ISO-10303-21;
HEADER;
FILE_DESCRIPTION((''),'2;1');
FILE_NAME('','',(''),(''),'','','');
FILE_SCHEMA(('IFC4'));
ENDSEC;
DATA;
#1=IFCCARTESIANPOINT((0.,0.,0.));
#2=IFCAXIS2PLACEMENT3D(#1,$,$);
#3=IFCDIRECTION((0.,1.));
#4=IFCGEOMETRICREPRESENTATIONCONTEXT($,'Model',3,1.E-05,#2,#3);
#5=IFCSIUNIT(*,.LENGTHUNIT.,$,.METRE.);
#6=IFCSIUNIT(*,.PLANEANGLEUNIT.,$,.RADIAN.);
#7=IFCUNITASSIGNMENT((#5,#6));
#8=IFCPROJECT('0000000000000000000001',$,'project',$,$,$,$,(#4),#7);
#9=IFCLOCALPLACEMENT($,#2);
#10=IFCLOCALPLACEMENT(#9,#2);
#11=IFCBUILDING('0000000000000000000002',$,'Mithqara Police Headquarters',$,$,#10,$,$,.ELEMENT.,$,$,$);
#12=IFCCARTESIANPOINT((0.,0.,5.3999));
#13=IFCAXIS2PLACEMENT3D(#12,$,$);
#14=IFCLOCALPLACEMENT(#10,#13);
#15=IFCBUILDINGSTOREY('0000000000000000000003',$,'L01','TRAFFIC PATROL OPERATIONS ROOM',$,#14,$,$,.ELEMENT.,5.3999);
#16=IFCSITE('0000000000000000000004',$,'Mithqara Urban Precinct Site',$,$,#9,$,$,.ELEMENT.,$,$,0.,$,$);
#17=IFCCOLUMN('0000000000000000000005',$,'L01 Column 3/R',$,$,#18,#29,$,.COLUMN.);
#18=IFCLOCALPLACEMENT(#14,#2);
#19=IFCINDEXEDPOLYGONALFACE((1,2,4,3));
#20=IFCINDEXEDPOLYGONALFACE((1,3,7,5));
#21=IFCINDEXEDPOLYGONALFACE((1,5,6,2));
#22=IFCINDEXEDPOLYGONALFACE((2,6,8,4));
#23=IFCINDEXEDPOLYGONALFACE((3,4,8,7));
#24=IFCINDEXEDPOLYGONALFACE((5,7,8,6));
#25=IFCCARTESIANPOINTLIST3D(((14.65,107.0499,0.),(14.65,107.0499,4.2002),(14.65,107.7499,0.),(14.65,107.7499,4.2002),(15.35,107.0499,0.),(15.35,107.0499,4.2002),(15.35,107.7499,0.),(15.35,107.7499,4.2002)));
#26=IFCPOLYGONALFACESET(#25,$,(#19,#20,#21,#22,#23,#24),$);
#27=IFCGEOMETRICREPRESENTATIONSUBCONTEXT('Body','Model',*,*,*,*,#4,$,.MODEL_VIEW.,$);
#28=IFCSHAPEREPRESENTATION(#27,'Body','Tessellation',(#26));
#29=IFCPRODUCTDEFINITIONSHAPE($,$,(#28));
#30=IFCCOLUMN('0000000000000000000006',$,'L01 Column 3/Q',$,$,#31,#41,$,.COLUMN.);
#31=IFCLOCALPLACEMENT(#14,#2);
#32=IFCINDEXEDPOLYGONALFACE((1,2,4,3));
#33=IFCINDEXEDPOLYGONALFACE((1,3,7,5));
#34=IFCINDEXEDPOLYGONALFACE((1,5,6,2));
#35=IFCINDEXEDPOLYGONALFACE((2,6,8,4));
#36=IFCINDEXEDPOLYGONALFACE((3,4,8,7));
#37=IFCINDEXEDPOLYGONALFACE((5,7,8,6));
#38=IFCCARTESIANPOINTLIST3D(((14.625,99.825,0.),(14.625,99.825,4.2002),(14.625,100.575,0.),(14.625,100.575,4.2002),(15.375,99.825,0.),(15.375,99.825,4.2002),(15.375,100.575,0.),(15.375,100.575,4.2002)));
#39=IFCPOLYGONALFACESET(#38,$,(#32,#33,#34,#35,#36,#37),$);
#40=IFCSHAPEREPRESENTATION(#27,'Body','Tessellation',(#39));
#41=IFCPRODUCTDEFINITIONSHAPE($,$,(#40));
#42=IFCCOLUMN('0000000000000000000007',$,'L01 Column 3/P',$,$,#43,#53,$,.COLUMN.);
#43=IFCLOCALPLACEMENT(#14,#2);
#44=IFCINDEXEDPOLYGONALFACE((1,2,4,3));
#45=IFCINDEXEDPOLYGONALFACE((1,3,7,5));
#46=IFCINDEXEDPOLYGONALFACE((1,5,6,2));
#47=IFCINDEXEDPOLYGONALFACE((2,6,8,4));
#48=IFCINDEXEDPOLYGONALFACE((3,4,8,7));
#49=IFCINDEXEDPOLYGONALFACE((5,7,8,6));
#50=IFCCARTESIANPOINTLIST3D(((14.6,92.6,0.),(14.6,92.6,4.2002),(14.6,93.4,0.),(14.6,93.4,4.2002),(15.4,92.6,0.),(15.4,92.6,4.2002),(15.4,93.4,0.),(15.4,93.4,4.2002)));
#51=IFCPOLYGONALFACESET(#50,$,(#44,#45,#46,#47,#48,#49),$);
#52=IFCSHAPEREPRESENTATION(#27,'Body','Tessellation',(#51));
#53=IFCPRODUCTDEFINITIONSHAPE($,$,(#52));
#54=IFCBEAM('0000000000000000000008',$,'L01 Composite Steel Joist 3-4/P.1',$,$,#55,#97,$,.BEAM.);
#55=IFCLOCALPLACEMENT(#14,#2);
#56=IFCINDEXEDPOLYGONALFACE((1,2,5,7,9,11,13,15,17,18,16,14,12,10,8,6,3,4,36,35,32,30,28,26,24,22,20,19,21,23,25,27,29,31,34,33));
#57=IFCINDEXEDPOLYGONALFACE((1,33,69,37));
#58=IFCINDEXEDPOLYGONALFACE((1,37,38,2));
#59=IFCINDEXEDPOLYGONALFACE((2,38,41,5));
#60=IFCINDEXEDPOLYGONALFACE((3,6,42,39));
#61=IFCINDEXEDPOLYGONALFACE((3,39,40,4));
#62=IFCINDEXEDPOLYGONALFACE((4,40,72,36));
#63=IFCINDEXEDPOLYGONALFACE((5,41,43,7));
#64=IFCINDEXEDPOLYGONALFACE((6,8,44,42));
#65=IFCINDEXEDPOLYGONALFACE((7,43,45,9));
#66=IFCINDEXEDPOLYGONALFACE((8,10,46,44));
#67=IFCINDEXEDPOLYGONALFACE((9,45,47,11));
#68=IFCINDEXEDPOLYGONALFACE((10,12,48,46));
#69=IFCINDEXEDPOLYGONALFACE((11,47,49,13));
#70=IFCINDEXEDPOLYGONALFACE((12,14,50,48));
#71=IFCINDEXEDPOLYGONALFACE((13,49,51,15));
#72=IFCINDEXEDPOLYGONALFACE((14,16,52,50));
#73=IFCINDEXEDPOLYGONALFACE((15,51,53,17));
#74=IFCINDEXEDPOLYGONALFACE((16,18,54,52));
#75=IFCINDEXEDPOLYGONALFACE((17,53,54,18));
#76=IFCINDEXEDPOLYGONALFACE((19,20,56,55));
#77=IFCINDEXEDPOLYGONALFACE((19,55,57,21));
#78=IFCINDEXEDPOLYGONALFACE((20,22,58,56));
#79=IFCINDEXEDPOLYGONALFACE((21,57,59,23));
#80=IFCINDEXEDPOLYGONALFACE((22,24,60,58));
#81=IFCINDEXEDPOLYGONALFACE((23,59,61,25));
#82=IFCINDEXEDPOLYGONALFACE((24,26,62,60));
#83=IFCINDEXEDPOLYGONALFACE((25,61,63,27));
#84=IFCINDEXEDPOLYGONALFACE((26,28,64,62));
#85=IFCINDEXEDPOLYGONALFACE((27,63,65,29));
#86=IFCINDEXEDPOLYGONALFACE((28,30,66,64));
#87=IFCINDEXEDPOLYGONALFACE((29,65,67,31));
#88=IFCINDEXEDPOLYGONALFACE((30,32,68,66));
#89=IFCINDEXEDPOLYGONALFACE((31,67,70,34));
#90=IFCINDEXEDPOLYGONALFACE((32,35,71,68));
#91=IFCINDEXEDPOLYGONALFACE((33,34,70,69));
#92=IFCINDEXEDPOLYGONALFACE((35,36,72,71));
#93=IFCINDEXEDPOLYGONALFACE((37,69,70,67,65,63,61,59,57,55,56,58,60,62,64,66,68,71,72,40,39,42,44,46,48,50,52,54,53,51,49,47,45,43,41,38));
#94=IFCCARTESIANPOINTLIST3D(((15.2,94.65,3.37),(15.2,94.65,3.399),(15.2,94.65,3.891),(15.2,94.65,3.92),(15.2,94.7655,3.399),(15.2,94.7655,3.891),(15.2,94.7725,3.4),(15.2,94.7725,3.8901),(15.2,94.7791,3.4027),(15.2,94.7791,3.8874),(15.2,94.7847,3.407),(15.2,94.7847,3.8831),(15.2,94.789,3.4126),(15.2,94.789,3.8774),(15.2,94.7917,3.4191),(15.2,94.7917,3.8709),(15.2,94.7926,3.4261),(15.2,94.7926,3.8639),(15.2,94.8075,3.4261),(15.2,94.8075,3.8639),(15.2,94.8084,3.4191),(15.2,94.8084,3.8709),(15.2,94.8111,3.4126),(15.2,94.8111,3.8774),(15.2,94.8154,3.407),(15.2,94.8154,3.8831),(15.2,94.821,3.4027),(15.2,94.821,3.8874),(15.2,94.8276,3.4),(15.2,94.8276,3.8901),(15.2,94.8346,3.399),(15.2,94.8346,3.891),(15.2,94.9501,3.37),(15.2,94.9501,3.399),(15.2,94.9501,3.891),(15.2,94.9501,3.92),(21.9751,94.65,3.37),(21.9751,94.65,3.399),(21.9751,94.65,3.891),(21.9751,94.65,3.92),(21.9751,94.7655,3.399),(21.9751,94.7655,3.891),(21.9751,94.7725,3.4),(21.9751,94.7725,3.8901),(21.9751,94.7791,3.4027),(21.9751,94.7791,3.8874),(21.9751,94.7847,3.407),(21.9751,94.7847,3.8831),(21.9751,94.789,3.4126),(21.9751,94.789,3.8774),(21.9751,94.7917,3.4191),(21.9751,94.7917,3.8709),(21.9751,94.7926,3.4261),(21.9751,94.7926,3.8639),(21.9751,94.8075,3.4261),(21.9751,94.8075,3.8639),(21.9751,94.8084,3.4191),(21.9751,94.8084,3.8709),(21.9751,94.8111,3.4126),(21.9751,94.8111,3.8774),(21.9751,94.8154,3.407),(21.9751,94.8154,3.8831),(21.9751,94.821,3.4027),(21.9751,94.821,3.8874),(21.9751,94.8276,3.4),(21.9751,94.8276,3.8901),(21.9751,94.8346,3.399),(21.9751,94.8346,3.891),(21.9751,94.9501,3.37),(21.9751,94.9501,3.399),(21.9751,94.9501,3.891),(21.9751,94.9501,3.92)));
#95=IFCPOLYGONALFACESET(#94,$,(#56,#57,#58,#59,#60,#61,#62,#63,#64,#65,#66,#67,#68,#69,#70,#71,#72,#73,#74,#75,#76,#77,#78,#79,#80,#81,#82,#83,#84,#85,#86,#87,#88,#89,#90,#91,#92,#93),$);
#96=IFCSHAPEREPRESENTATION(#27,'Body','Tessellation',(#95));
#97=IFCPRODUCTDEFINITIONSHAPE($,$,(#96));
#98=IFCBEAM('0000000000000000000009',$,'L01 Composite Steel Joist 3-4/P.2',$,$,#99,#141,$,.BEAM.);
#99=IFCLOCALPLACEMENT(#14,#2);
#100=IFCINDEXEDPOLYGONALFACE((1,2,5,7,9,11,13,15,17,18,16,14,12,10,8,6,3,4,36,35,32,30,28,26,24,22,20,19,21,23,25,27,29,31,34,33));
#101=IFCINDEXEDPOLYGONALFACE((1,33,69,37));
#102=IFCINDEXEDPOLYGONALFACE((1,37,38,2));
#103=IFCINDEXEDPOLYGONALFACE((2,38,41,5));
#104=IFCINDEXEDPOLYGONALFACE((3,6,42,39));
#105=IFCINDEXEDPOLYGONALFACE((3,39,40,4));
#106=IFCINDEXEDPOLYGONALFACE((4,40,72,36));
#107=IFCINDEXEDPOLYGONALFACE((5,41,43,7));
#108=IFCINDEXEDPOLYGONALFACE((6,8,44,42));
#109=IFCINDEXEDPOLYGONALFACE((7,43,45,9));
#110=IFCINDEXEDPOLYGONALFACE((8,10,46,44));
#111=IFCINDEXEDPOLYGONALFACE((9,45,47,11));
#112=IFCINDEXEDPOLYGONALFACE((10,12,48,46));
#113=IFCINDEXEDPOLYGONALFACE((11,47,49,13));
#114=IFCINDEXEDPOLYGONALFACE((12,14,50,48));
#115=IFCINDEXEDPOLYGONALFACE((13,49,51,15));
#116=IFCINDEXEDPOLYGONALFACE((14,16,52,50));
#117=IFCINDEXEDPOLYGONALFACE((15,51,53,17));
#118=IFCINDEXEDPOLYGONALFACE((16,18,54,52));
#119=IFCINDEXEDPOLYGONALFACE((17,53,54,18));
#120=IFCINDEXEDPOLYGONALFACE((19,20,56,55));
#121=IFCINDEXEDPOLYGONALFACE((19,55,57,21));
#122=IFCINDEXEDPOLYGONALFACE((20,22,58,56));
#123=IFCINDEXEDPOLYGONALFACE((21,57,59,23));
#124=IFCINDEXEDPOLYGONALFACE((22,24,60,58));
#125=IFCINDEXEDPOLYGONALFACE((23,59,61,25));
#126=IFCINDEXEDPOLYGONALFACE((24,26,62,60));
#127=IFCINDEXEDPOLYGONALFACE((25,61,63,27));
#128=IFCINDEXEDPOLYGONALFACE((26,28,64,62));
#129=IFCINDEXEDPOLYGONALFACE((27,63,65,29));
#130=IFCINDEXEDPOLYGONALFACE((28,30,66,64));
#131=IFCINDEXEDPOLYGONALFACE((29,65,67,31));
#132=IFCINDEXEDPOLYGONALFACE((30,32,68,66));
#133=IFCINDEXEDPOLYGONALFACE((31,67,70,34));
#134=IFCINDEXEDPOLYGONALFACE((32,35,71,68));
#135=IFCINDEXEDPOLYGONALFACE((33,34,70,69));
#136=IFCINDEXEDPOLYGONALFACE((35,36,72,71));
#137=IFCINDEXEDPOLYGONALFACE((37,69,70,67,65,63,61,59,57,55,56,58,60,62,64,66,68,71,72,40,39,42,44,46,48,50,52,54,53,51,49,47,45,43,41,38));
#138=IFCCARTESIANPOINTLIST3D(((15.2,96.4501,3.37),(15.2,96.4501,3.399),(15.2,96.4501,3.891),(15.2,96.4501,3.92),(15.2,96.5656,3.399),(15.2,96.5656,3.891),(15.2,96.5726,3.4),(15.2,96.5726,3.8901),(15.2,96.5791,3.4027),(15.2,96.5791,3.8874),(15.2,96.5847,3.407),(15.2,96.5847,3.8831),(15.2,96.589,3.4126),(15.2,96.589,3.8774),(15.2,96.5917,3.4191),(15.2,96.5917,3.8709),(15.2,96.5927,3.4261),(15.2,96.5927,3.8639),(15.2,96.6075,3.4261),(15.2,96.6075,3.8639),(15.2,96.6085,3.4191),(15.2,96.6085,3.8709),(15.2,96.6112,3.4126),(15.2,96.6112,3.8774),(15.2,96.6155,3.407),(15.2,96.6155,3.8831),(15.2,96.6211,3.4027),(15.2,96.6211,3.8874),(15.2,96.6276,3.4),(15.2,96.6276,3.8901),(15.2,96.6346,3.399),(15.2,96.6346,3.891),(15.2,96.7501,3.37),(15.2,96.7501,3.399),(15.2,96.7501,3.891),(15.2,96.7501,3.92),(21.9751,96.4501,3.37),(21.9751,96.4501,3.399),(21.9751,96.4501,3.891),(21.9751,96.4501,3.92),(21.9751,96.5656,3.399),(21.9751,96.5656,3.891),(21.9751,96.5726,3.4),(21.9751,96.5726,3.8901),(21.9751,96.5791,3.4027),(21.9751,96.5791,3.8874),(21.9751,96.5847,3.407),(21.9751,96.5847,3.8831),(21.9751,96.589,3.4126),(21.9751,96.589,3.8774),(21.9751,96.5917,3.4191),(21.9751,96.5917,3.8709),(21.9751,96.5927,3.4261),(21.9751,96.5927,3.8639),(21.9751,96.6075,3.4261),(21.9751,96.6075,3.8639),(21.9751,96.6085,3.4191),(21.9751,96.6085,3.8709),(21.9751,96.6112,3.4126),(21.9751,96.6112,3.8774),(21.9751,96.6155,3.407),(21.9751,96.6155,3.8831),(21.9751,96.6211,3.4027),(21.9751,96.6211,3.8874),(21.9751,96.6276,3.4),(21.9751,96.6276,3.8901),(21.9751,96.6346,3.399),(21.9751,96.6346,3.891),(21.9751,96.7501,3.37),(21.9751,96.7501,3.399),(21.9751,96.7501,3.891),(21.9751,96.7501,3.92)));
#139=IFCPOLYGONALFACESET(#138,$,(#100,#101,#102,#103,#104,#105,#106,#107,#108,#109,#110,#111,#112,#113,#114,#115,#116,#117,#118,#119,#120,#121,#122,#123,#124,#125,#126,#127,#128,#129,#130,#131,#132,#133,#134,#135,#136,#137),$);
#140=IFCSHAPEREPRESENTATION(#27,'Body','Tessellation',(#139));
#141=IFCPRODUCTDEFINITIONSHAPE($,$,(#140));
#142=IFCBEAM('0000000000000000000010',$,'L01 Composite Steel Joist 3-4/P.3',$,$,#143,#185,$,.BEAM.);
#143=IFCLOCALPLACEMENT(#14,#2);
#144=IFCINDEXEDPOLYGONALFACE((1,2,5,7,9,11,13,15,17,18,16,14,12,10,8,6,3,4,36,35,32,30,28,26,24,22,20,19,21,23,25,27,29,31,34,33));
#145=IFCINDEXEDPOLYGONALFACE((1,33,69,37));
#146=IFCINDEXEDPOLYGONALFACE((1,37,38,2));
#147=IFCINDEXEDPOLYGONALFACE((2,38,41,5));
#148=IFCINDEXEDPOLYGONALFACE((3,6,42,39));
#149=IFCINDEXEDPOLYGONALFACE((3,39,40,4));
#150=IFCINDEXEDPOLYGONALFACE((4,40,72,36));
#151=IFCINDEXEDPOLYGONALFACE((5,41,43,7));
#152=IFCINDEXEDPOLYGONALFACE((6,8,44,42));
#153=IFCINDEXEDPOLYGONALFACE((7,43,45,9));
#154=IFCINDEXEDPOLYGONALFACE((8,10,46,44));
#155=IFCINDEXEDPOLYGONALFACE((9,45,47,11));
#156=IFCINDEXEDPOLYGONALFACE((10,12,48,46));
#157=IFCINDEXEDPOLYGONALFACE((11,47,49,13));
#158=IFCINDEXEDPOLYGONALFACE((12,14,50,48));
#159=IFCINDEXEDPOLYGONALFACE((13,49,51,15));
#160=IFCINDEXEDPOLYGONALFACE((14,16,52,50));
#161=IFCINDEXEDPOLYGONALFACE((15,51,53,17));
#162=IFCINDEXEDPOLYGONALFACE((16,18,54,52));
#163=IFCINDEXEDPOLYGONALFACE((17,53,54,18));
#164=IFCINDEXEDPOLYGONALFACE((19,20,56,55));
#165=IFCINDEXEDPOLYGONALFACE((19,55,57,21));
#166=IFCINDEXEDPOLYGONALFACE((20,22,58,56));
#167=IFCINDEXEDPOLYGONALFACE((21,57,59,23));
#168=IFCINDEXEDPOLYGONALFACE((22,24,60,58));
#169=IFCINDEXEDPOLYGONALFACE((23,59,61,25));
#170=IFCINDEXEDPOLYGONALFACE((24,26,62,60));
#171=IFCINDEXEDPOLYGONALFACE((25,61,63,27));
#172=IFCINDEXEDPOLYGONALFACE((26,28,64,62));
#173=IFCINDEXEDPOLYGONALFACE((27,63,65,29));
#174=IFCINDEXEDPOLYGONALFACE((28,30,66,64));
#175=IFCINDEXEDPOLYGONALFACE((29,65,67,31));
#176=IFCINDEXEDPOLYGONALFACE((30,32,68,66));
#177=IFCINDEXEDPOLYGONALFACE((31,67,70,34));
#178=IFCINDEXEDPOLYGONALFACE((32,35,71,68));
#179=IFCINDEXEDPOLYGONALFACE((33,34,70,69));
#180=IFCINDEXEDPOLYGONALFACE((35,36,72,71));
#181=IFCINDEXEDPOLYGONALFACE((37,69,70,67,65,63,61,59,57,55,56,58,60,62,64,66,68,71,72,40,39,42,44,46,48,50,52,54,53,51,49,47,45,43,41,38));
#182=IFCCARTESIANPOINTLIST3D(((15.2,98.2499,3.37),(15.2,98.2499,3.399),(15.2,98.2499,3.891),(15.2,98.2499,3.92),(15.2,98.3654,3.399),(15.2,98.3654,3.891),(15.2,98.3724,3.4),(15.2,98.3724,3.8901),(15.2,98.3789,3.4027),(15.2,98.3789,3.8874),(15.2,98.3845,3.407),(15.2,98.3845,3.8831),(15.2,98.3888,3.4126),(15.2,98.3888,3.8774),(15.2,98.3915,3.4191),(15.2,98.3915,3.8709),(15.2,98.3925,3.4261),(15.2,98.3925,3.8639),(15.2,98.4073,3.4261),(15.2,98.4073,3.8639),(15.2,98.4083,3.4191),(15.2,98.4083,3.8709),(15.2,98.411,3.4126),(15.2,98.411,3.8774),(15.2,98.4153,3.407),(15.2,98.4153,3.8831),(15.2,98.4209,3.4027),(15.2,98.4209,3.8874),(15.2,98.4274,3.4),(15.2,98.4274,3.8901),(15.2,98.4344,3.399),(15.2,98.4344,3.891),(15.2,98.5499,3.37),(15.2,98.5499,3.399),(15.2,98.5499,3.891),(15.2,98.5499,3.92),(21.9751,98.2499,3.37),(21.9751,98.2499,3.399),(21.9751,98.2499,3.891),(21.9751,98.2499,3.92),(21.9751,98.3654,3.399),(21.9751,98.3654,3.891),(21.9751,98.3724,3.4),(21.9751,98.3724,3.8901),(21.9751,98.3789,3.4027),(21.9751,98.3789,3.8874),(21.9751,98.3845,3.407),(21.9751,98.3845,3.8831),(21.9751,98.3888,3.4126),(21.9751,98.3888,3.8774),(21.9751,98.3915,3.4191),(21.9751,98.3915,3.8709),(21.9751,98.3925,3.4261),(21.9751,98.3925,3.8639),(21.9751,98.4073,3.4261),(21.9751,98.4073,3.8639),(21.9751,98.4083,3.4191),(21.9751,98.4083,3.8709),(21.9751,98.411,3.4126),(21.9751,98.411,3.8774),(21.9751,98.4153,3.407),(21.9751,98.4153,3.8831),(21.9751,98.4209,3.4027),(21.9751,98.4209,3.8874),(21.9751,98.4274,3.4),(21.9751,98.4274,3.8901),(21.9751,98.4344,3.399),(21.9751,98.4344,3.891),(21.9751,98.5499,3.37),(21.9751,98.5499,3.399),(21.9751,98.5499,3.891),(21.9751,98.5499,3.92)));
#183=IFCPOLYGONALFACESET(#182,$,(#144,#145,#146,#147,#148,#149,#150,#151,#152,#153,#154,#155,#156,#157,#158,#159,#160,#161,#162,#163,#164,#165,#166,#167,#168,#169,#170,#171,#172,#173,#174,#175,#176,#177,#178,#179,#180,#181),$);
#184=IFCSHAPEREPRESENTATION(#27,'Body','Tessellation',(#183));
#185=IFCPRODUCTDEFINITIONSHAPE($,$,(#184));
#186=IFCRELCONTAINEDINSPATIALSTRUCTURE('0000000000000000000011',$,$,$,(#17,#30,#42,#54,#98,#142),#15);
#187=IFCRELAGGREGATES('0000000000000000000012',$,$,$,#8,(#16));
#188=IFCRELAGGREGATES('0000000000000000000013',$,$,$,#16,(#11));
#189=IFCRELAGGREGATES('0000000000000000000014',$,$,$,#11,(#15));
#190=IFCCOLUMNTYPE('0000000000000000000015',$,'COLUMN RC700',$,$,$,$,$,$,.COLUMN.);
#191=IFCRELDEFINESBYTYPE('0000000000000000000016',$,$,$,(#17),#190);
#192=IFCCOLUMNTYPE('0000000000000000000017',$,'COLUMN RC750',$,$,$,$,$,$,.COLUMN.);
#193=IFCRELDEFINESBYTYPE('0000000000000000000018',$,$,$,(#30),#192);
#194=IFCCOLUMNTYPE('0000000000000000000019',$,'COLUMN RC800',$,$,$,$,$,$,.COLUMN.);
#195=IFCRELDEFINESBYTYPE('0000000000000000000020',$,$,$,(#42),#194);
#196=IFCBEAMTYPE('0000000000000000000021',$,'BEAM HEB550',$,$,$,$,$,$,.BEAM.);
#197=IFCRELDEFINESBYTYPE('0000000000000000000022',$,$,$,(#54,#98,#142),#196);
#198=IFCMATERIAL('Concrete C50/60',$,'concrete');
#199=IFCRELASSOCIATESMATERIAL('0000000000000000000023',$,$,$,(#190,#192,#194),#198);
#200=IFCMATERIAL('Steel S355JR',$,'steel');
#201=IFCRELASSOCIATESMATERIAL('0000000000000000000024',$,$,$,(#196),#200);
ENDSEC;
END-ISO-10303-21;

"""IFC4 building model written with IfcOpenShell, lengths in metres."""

from ifc_helpers import new_model, si_unit, direction, frame, origin, origin_2d, place, context, subcontext, project, spatial, rectangle, i_section, extrude, material, material_profile, profile_set, type_object, element, save


model = new_model("IFC4")

# Units and contexts
model_context = context("Model", 3, precision=1e-05, world=origin(), true_north=direction((0.0, 1.0)))
body_context = subcontext(model_context, "Body", "Model", "MODEL_VIEW")
ifc_project = project(units=[si_unit("LENGTHUNIT", "METRE"), si_unit("PLANEANGLEUNIT", "RADIAN")], contexts=[model_context])

# Site, building, storey
site_placement = place(None, origin())
site = spatial("IfcSite", under=ifc_project, at=site_placement, Name="Mithqara Urban Precinct Site", CompositionType="ELEMENT", RefElevation=0.0)
building_placement = place(site_placement, origin())
building = spatial("IfcBuilding", under=site, at=building_placement, Name="Mithqara Police Headquarters", CompositionType="ELEMENT")
storey_placement = place(building_placement, frame((0.0, 0.0, 5.3999)))
storey = spatial("IfcBuildingStorey", under=building, at=storey_placement, Name="L01", Description="TRAFFIC PATROL OPERATIONS ROOM", CompositionType="ELEMENT", Elevation=5.3999)

# Columns
ifc_material_1 = material(Name="Concrete C50/60", Category="concrete")
ifc_material_profile_1 = material_profile(ifc_material_1, rectangle(XDim=0.7, YDim=0.7, at=origin_2d()), Name="RC 700x700")
ifc_profile_set_1 = profile_set([ifc_material_profile_1], Name="Concrete C50/60")
column_type_1 = type_object("IfcColumnType", Name="COLUMN RC700", PredefinedType="COLUMN", material=ifc_profile_set_1)
column_1_placement = place(storey_placement, frame((15.0, 107.3999, 0.0), z_axis=(0.0, 0.0, 1.0), x_axis=(1.0, 0.0, 0.0)))
element("IfcColumn", 1, at=column_1_placement, inside=storey, type_object=column_type_1, Name="L01 Column 3/R", PredefinedType="COLUMN", context=body_context, shape_type="SweptSolid", body=[
    extrude(rectangle(XDim=0.7, YDim=0.7, at=origin_2d()), origin(), (0.0, 0.0, 1.0), 4.2002),
])
ifc_material_profile_2 = material_profile(ifc_material_1, rectangle(XDim=0.75, YDim=0.75, at=origin_2d()), Name="RC 750x750")
ifc_profile_set_2 = profile_set([ifc_material_profile_2], Name="Concrete C50/60")
column_type_2 = type_object("IfcColumnType", Name="COLUMN RC750", PredefinedType="COLUMN", material=ifc_profile_set_2)
column_2_placement = place(storey_placement, frame((15.0, 100.2, 0.0), z_axis=(0.0, 0.0, 1.0), x_axis=(1.0, 0.0, 0.0)))
element("IfcColumn", 2, at=column_2_placement, inside=storey, type_object=column_type_2, Name="L01 Column 3/Q", PredefinedType="COLUMN", context=body_context, shape_type="SweptSolid", body=[
    extrude(rectangle(XDim=0.75, YDim=0.75, at=origin_2d()), origin(), (0.0, 0.0, 1.0), 4.2002),
])
ifc_material_profile_3 = material_profile(ifc_material_1, rectangle(XDim=0.8, YDim=0.8, at=origin_2d()), Name="RC 800x800")
ifc_profile_set_3 = profile_set([ifc_material_profile_3], Name="Concrete C50/60")
column_type_3 = type_object("IfcColumnType", Name="COLUMN RC800", PredefinedType="COLUMN", material=ifc_profile_set_3)
column_3_placement = place(storey_placement, frame((15.0, 93.0, 0.0), z_axis=(0.0, 0.0, 1.0), x_axis=(1.0, 0.0, 0.0)))
element("IfcColumn", 3, at=column_3_placement, inside=storey, type_object=column_type_3, Name="L01 Column 3/P", PredefinedType="COLUMN", context=body_context, shape_type="SweptSolid", body=[
    extrude(rectangle(XDim=0.8, YDim=0.8, at=origin_2d()), origin(), (0.0, 0.0, 1.0), 4.2002),
])

# Beams
ifc_material_2 = material(Name="Steel S355JR", Category="steel")
ifc_material_profile_4 = material_profile(ifc_material_2, i_section(OverallWidth=0.3, OverallDepth=0.55, WebThickness=0.0149, FlangeThickness=0.0291, FilletRadius=0.0271, at=origin_2d()), Name="HEB 550")
ifc_profile_set_4 = profile_set([ifc_material_profile_4], Name="Steel S355JR")
beam_type_1 = type_object("IfcBeamType", Name="BEAM HEB550", PredefinedType="BEAM", material=ifc_profile_set_4)
for number, where, z_axis, x_axis, name in (
    (4, (15.2, 94.8, 3.645), (1.0, 0.0, 0.0), (0.0, 1.0, 0.0), "L01 Composite Steel Joist 3-4/P.1"),
    (5, (15.2, 96.6001, 3.645), (1.0, 0.0, 0.0), (0.0, 1.0, 0.0), "L01 Composite Steel Joist 3-4/P.2"),
    (6, (15.2, 98.3999, 3.645), (1.0, 0.0, 0.0), (0.0, 1.0, 0.0), "L01 Composite Steel Joist 3-4/P.3"),
):
    element("IfcBeam", number, at=place(storey_placement, frame(where, z_axis=z_axis, x_axis=x_axis)), inside=storey, type_object=beam_type_1, Name=name, PredefinedType="BEAM", context=body_context, shape_type="SweptSolid", body=[
        extrude(i_section(OverallWidth=0.3, OverallDepth=0.55, WebThickness=0.0149, FlangeThickness=0.0291, FilletRadius=0.0271, at=origin_2d()), origin(), (0.0, 0.0, 1.0), 6.7751),
    ])

save(model, "model.ifc")
